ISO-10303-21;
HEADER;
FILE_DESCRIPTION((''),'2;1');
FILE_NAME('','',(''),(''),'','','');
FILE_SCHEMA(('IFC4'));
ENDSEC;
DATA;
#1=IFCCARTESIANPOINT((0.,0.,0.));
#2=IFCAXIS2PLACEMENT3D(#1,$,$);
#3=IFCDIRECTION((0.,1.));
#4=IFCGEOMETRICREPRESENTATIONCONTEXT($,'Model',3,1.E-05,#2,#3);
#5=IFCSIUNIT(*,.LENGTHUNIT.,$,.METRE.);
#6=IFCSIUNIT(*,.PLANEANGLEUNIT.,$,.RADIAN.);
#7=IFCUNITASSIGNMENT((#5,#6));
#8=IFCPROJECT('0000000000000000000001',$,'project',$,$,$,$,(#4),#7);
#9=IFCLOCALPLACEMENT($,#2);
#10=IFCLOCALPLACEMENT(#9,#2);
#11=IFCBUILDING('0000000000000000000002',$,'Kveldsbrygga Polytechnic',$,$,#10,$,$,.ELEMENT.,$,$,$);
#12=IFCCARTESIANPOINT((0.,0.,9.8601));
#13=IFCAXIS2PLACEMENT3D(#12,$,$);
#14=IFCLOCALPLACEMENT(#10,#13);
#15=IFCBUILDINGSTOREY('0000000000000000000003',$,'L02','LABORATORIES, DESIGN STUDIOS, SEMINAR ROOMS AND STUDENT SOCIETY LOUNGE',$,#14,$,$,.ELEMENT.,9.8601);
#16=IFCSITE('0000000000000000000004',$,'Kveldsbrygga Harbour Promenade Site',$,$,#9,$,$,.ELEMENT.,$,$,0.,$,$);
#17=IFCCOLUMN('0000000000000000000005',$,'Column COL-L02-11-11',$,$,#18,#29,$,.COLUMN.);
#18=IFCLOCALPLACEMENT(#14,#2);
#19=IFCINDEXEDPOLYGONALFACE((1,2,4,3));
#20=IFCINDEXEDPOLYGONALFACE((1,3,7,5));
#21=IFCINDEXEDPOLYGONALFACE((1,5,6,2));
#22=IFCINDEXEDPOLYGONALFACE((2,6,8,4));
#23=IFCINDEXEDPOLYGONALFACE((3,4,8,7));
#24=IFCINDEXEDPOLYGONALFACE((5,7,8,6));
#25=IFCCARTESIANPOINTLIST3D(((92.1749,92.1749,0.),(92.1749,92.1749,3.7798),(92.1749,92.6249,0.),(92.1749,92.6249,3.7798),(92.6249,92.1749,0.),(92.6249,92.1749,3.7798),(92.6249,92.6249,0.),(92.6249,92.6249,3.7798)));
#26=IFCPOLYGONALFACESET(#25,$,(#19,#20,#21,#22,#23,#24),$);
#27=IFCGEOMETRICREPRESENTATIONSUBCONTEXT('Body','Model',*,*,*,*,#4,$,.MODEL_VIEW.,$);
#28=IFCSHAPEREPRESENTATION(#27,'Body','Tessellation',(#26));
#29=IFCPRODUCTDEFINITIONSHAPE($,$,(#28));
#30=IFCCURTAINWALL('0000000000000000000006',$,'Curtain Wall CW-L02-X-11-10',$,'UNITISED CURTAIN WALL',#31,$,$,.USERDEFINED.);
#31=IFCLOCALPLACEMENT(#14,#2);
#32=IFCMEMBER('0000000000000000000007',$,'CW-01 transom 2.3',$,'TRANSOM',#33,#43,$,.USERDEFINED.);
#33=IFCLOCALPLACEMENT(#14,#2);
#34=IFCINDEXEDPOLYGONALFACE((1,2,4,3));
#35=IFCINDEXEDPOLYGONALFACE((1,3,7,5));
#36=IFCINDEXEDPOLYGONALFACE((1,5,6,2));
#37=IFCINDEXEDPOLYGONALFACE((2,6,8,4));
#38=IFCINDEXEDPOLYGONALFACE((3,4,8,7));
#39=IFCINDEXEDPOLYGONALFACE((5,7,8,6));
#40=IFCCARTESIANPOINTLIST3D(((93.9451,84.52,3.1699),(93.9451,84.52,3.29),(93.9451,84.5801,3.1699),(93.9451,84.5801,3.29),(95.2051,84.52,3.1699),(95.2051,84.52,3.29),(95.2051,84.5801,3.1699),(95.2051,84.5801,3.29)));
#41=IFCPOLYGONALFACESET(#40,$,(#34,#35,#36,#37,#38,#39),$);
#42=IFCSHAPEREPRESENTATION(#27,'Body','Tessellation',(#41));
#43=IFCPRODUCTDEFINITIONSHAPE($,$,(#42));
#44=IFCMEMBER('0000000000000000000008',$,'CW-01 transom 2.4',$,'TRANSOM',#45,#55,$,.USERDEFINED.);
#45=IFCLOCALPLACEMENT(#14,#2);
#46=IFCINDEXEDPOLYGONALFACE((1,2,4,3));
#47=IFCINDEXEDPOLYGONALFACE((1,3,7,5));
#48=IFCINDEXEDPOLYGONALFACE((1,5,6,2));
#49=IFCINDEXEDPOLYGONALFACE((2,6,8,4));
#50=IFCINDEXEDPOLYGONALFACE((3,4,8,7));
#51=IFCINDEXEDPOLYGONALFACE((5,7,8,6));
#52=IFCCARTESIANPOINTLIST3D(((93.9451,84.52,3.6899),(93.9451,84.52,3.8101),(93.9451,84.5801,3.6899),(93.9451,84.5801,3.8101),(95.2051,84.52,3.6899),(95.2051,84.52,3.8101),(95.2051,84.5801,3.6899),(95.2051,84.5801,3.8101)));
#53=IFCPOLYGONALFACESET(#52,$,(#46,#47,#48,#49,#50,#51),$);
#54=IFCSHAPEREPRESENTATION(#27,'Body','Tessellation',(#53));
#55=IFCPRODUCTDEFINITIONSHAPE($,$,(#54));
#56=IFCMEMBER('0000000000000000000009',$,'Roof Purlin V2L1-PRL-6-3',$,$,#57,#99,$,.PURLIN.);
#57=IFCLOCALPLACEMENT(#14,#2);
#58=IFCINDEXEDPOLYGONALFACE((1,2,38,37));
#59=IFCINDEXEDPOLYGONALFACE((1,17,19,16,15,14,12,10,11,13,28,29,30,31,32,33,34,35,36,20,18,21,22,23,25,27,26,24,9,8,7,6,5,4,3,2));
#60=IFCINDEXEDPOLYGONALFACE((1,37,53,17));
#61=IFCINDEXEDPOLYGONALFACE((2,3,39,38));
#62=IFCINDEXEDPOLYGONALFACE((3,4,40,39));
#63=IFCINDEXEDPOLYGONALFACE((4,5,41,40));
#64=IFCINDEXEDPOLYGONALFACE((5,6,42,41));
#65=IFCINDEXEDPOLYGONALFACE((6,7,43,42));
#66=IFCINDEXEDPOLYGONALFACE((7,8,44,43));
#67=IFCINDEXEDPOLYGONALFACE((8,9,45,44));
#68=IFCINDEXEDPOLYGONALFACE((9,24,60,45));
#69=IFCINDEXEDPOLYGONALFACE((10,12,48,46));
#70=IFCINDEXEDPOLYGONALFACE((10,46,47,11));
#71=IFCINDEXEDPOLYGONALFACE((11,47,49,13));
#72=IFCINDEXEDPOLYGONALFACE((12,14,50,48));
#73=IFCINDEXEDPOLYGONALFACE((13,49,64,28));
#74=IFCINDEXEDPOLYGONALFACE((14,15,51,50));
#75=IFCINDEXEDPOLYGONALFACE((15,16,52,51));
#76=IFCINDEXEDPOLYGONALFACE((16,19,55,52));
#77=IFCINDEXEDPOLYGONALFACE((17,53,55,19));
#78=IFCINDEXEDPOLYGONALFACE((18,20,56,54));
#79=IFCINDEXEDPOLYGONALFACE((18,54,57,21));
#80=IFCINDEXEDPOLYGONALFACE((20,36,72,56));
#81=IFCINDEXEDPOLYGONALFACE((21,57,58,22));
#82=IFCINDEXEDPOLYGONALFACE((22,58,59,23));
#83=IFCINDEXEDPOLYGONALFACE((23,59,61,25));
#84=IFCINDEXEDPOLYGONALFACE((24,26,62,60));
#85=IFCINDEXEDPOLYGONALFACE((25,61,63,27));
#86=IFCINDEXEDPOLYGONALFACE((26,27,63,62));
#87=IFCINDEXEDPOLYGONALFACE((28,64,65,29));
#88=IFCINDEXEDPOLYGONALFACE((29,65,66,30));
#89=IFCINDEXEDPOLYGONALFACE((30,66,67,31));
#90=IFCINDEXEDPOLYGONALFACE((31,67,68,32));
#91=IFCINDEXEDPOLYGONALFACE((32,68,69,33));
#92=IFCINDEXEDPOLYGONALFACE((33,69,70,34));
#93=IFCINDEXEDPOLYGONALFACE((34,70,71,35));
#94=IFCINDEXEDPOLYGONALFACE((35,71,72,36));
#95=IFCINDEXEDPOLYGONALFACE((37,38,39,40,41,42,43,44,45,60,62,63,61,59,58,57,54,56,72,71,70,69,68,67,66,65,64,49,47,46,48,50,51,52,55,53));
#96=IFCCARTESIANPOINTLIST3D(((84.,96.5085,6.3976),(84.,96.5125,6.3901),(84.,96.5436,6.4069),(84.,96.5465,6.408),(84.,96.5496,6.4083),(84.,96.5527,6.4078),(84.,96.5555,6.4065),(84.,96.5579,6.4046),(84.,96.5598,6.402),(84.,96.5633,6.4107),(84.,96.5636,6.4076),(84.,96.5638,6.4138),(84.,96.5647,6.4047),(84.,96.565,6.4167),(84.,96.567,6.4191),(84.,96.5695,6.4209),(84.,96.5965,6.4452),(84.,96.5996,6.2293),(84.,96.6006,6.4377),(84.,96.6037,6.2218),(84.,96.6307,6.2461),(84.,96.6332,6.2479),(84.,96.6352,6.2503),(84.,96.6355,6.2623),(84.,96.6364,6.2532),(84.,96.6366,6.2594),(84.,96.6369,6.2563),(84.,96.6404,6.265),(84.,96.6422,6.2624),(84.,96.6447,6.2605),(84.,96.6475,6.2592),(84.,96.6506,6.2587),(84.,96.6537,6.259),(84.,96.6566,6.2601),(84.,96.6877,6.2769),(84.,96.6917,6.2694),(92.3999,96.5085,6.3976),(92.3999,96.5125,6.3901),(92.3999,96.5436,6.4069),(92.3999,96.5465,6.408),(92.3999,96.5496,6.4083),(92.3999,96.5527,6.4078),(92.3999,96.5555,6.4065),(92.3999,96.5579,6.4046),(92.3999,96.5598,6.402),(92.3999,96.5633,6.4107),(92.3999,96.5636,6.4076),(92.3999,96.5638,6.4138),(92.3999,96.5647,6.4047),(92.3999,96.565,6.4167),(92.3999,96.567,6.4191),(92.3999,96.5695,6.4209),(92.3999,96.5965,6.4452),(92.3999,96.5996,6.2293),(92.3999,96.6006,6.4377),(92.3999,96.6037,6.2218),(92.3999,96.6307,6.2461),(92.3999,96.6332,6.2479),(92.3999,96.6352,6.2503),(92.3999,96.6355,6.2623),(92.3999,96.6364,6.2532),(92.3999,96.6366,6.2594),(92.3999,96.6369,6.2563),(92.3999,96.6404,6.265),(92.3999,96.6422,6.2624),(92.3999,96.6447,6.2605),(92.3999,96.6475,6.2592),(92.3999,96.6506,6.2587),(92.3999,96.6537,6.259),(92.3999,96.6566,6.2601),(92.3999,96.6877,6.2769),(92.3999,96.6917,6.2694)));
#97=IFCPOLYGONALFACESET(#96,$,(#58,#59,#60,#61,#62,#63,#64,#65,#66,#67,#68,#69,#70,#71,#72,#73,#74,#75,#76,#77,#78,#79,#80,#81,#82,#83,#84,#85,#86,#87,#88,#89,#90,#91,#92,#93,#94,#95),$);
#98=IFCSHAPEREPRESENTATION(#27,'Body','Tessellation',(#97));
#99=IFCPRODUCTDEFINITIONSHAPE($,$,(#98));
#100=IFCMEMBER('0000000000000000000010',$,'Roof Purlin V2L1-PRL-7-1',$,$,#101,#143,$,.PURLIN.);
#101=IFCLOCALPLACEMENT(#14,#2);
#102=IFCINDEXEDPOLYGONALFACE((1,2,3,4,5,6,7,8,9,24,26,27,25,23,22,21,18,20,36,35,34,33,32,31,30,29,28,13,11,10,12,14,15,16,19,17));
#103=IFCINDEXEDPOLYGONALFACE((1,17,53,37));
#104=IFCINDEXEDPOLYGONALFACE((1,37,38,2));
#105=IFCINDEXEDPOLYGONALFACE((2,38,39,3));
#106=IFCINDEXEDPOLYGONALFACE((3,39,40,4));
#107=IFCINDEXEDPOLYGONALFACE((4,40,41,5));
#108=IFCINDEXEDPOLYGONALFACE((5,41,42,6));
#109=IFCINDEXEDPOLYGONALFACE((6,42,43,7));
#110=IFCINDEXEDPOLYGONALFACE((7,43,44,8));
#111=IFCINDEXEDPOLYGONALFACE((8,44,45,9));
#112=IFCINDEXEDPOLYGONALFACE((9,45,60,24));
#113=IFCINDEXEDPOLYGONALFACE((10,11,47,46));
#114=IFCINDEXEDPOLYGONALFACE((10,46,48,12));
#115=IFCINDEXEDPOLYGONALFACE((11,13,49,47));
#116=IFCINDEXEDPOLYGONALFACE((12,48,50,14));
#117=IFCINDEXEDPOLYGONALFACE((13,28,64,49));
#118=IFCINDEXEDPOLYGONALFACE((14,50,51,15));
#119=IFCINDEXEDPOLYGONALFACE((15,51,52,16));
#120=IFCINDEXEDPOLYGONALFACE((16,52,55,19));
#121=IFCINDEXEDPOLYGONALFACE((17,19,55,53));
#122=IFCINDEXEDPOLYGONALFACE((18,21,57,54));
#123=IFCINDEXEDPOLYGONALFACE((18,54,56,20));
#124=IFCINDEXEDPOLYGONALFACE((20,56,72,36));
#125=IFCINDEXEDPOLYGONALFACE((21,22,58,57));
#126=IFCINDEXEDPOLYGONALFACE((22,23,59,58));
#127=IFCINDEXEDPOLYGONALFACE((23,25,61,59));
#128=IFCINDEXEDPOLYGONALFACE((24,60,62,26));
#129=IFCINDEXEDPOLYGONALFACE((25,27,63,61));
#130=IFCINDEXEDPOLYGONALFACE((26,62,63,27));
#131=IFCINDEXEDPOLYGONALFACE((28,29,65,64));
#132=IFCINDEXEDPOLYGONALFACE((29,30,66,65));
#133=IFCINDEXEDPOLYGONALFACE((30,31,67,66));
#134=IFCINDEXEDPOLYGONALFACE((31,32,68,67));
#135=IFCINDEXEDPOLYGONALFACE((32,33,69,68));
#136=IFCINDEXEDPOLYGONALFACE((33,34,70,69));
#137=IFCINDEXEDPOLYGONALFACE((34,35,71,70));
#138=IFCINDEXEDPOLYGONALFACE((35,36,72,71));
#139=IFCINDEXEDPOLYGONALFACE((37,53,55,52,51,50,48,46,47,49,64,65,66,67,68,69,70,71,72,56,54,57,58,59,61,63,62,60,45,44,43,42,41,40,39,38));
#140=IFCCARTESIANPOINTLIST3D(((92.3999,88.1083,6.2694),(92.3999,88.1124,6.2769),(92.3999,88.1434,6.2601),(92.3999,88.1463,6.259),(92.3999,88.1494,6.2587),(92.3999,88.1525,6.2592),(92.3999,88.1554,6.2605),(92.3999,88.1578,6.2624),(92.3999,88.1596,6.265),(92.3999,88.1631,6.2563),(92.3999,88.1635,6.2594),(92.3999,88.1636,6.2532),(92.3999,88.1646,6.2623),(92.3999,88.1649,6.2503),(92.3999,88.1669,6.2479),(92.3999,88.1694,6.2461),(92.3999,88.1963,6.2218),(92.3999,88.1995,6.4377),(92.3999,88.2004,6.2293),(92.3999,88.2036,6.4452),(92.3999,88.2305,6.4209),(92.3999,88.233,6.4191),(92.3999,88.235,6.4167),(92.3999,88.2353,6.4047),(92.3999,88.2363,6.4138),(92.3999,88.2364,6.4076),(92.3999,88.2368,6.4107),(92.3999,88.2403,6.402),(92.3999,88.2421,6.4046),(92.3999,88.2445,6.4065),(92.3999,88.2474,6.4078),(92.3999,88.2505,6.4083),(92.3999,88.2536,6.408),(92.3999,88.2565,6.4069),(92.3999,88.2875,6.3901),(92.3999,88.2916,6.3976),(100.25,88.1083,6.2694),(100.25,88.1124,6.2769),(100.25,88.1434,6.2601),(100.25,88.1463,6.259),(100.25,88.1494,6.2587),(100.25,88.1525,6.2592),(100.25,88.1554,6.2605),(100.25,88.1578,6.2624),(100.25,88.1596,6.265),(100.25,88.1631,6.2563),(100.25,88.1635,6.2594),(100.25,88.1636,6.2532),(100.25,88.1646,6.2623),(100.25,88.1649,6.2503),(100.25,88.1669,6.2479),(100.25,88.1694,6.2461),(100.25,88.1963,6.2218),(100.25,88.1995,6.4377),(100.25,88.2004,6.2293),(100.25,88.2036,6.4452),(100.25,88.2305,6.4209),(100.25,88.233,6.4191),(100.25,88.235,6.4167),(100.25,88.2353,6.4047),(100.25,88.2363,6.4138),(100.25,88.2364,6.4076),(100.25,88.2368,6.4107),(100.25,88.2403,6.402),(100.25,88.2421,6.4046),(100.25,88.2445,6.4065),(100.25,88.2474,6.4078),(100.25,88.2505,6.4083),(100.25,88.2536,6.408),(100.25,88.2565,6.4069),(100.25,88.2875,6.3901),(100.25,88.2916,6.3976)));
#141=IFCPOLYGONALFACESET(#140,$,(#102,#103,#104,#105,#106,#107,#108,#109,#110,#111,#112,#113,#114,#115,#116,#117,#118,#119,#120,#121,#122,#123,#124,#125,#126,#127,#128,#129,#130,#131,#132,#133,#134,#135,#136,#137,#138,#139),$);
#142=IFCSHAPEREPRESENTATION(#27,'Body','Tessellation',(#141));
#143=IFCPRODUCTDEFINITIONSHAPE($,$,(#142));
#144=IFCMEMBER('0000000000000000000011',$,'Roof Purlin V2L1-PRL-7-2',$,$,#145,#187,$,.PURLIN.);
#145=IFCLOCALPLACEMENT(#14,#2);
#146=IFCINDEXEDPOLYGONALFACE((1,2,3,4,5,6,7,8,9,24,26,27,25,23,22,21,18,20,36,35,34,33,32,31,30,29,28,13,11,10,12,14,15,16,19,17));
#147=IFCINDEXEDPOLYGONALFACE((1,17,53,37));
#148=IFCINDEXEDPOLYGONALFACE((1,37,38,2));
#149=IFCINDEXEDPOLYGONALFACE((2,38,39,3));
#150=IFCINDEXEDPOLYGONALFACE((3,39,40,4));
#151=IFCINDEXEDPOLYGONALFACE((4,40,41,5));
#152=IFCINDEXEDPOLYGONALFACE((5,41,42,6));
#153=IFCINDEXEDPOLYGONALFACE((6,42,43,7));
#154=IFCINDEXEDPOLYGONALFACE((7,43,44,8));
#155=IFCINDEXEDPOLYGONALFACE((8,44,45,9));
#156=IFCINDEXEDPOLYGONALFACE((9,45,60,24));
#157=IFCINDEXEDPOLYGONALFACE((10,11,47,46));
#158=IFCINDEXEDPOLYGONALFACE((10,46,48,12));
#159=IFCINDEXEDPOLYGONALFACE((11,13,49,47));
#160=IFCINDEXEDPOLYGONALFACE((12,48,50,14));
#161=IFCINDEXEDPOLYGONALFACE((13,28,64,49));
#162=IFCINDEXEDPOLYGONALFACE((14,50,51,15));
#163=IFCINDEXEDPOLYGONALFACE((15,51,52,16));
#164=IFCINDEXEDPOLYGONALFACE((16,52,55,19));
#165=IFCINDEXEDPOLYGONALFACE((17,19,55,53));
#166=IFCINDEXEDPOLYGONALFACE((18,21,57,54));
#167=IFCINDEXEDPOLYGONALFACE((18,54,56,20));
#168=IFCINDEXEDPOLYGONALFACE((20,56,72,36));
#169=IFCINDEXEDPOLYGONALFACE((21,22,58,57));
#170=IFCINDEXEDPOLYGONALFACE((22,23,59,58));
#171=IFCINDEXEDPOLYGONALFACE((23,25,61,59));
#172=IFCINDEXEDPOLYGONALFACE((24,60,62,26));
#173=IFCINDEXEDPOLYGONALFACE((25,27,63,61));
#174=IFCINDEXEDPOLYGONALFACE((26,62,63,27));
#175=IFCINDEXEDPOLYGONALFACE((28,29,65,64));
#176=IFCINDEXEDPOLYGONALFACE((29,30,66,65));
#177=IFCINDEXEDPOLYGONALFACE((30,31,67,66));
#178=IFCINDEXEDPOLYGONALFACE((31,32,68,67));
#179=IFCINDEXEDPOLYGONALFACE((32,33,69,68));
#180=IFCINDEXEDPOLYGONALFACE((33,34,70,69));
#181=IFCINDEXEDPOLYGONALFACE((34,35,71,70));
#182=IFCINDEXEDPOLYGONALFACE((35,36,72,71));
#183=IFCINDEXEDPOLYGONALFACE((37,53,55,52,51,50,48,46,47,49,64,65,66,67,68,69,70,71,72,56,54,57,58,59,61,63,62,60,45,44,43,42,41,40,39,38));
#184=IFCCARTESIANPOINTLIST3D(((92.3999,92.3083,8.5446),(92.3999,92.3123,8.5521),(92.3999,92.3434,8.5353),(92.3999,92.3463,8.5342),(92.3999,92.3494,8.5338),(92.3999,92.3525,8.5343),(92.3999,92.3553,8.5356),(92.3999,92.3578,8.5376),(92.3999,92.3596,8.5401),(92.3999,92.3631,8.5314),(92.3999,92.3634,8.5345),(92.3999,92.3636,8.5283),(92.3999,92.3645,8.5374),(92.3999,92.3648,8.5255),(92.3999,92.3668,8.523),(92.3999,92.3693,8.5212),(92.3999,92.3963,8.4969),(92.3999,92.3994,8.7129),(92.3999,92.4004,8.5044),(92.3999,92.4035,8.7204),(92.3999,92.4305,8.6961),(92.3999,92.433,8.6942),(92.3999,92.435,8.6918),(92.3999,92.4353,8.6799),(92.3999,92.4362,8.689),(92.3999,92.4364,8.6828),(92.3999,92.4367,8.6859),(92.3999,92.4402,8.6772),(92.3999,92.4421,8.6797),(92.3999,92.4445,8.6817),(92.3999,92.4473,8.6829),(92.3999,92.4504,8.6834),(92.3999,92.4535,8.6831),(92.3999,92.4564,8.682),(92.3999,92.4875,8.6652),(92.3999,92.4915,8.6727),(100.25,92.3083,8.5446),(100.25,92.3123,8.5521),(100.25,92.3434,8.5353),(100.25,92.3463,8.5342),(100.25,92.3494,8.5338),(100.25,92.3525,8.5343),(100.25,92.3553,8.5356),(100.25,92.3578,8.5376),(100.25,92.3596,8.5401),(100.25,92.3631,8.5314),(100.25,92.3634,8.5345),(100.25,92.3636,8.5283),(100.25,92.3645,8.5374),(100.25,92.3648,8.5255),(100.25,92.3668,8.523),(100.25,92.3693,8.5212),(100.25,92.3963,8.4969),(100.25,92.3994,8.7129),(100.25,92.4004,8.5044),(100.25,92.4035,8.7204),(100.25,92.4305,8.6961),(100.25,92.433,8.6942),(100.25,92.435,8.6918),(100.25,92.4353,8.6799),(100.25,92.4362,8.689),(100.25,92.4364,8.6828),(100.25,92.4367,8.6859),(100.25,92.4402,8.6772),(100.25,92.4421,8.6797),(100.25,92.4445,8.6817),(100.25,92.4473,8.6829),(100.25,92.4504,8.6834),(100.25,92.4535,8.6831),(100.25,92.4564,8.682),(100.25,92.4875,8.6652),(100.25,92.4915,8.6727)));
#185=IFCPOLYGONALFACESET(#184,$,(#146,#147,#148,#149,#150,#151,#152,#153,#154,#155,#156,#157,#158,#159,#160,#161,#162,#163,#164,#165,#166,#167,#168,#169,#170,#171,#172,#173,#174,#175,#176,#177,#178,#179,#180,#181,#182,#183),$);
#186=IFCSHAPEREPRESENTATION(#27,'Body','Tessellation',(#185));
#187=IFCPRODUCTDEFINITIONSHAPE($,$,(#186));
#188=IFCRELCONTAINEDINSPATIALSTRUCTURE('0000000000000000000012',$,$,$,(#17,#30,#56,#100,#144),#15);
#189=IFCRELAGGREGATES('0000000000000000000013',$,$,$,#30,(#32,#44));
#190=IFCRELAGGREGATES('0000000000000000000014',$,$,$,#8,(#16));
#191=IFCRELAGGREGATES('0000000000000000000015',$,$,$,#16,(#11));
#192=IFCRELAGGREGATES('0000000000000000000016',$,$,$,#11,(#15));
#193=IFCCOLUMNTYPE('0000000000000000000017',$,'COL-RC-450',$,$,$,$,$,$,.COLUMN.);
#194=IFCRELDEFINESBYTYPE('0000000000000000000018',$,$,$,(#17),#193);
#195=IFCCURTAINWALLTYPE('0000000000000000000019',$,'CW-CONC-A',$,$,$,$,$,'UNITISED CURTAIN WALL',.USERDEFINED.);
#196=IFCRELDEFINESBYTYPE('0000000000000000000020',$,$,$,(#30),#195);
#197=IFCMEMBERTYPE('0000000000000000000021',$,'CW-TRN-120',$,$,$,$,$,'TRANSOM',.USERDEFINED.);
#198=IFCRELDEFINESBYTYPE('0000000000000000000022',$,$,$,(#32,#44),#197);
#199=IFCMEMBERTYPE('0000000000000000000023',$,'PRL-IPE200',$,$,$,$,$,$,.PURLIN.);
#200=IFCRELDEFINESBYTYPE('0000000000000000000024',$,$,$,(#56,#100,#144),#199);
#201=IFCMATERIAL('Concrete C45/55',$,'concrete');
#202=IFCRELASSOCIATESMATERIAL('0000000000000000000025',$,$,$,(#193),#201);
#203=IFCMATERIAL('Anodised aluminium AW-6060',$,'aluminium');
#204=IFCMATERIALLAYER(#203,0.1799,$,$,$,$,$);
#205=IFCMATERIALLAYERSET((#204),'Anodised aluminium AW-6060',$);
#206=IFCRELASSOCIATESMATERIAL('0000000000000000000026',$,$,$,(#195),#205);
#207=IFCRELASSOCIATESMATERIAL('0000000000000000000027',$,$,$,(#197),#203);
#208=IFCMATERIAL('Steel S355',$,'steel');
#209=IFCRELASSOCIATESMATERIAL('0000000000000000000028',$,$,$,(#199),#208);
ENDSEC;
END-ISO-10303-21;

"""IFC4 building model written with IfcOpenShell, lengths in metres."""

from ifc_helpers import new_model, si_unit, direction, frame, origin, origin_2d, place, context, subcontext, project, spatial, rectangle, i_section, extrude, material, layer, layer_set, material_profile, profile_set, type_object, element, aggregate, save


model = new_model("IFC4")

# Units and contexts
model_context = context("Model", 3, precision=1e-05, world=origin(), true_north=direction((0.0, 1.0)))
body_context = subcontext(model_context, "Body", "Model", "MODEL_VIEW")
ifc_project = project(units=[si_unit("LENGTHUNIT", "METRE"), si_unit("PLANEANGLEUNIT", "RADIAN")], contexts=[model_context])

# Site, building, storey
site_placement = place(None, origin())
site = spatial("IfcSite", under=ifc_project, at=site_placement, Name="Kveldsbrygga Harbour Promenade Site", CompositionType="ELEMENT", RefElevation=0.0)
building_placement = place(site_placement, origin())
building = spatial("IfcBuilding", under=site, at=building_placement, Name="Kveldsbrygga Polytechnic", CompositionType="ELEMENT")
storey_placement = place(building_placement, frame((0.0, 0.0, 9.8601)))
storey = spatial("IfcBuildingStorey", under=building, at=storey_placement, Name="L02", Description="LABORATORIES, DESIGN STUDIOS, SEMINAR ROOMS AND STUDENT SOCIETY LOUNGE", CompositionType="ELEMENT", Elevation=9.8601)

# Column
ifc_material_1 = material(Name="Concrete C45/55", Category="concrete")
ifc_material_profile_1 = material_profile(ifc_material_1, rectangle(XDim=0.45, YDim=0.45, at=origin_2d()), Name="RC 450x450")
ifc_profile_set_1 = profile_set([ifc_material_profile_1], Name="Concrete C45/55")
column_type = type_object("IfcColumnType", Name="COL-RC-450", PredefinedType="COLUMN", material=ifc_profile_set_1)
column_placement = place(storey_placement, frame((92.3999, 92.3999, 0.0), z_axis=(0.0, 0.0, 1.0), x_axis=(1.0, 0.0, 0.0)))
element("IfcColumn", 1, at=column_placement, inside=storey, type_object=column_type, Name="Column COL-L02-11-11", PredefinedType="COLUMN", context=body_context, shape_type="SweptSolid", body=[
    extrude(rectangle(XDim=0.45, YDim=0.45, at=origin_2d()), origin(), (0.0, 0.0, 1.0), 3.7798),
])

# Curtain wall, members
ifc_material_2 = material(Name="Anodised aluminium AW-6060", Category="aluminium")
ifc_layer_1 = layer(ifc_material_2, 0.1799)
ifc_layer_set_1 = layer_set([ifc_layer_1], Name="Anodised aluminium AW-6060")
curtain_wall_type = type_object("IfcCurtainWallType", Name="CW-CONC-A", ElementType="UNITISED CURTAIN WALL", PredefinedType="USERDEFINED", material=ifc_layer_set_1)
curtain_wall_placement = place(storey_placement, origin())
curtain_wall = element("IfcCurtainWall", 2, at=curtain_wall_placement, inside=storey, type_object=curtain_wall_type, Name="Curtain Wall CW-L02-X-11-10", ObjectType="UNITISED CURTAIN WALL", PredefinedType="USERDEFINED")
ifc_material_profile_2 = material_profile(ifc_material_2, rectangle(XDim=0.0601, YDim=0.1201, at=origin_2d()), Name="ALU 60x120")
ifc_profile_set_2 = profile_set([ifc_material_profile_2], Name="Anodised aluminium AW-6060")
member_type_1 = type_object("IfcMemberType", Name="CW-TRN-120", ElementType="TRANSOM", PredefinedType="USERDEFINED", material=ifc_profile_set_2)
member_1_placement = place(storey_placement, frame((93.9451, 84.55, 3.23), z_axis=(1.0, 0.0, 0.0), x_axis=(0.0, 1.0, 0.0)))
member_1 = element("IfcMember", 3, at=member_1_placement, type_object=member_type_1, Name="CW-01 transom 2.3", ObjectType="TRANSOM", PredefinedType="USERDEFINED", context=body_context, shape_type="SweptSolid", body=[
    extrude(rectangle(XDim=0.0601, YDim=0.1201, at=origin_2d()), origin(), (0.0, 0.0, 1.0), 1.26),
])
member_2_placement = place(storey_placement, frame((93.9451, 84.55, 3.75), z_axis=(1.0, 0.0, 0.0), x_axis=(0.0, 1.0, 0.0)))
member_2 = element("IfcMember", 4, at=member_2_placement, type_object=member_type_1, Name="CW-01 transom 2.4", ObjectType="TRANSOM", PredefinedType="USERDEFINED", context=body_context, shape_type="SweptSolid", body=[
    extrude(rectangle(XDim=0.0601, YDim=0.1201, at=origin_2d()), origin(), (0.0, 0.0, 1.0), 1.26),
])

# Members
ifc_material_3 = material(Name="Steel S355", Category="steel")
ifc_material_profile_3 = material_profile(ifc_material_3, i_section(OverallWidth=0.1001, OverallDepth=0.2, WebThickness=0.0056, FlangeThickness=0.0085, FilletRadius=0.012, at=origin_2d()), Name="IPE 200")
ifc_profile_set_3 = profile_set([ifc_material_profile_3], Name="Steel S355")
member_type_2 = type_object("IfcMemberType", Name="PRL-IPE200", PredefinedType="PURLIN", material=ifc_profile_set_3)
member_3_placement = place(storey_placement, frame((84.0, 96.6001, 6.3335), z_axis=(1.0, 0.0, 0.0), x_axis=(0.0, 0.879292, 0.476283)))
element("IfcMember", 5, at=member_3_placement, inside=storey, type_object=member_type_2, Name="Roof Purlin V2L1-PRL-6-3", PredefinedType="PURLIN", context=body_context, shape_type="SweptSolid", body=[
    extrude(i_section(OverallWidth=0.1001, OverallDepth=0.2, WebThickness=0.0056, FlangeThickness=0.0085, FilletRadius=0.012, at=origin_2d()), origin(), (0.0, 0.0, 1.0), 8.3999),
])
for number, where, z_axis, x_axis, name in (
    (6, (92.3999, 88.2, 6.3335), (1.0, 0.0, 0.0), (0.0, 0.879292, -0.476283), "Roof Purlin V2L1-PRL-7-1"),
    (7, (92.3999, 92.3999, 8.6086), (1.0, 0.0, 0.0), (0.0, 0.879292, -0.476283), "Roof Purlin V2L1-PRL-7-2"),
):
    element("IfcMember", number, at=place(storey_placement, frame(where, z_axis=z_axis, x_axis=x_axis)), inside=storey, type_object=member_type_2, Name=name, PredefinedType="PURLIN", context=body_context, shape_type="SweptSolid", body=[
        extrude(i_section(OverallWidth=0.1001, OverallDepth=0.2, WebThickness=0.0056, FlangeThickness=0.0085, FilletRadius=0.012, at=origin_2d()), origin(), (0.0, 0.0, 1.0), 7.8501),
    ])

aggregate(curtain_wall, [member_1, member_2])

save(model, "model.ifc")
